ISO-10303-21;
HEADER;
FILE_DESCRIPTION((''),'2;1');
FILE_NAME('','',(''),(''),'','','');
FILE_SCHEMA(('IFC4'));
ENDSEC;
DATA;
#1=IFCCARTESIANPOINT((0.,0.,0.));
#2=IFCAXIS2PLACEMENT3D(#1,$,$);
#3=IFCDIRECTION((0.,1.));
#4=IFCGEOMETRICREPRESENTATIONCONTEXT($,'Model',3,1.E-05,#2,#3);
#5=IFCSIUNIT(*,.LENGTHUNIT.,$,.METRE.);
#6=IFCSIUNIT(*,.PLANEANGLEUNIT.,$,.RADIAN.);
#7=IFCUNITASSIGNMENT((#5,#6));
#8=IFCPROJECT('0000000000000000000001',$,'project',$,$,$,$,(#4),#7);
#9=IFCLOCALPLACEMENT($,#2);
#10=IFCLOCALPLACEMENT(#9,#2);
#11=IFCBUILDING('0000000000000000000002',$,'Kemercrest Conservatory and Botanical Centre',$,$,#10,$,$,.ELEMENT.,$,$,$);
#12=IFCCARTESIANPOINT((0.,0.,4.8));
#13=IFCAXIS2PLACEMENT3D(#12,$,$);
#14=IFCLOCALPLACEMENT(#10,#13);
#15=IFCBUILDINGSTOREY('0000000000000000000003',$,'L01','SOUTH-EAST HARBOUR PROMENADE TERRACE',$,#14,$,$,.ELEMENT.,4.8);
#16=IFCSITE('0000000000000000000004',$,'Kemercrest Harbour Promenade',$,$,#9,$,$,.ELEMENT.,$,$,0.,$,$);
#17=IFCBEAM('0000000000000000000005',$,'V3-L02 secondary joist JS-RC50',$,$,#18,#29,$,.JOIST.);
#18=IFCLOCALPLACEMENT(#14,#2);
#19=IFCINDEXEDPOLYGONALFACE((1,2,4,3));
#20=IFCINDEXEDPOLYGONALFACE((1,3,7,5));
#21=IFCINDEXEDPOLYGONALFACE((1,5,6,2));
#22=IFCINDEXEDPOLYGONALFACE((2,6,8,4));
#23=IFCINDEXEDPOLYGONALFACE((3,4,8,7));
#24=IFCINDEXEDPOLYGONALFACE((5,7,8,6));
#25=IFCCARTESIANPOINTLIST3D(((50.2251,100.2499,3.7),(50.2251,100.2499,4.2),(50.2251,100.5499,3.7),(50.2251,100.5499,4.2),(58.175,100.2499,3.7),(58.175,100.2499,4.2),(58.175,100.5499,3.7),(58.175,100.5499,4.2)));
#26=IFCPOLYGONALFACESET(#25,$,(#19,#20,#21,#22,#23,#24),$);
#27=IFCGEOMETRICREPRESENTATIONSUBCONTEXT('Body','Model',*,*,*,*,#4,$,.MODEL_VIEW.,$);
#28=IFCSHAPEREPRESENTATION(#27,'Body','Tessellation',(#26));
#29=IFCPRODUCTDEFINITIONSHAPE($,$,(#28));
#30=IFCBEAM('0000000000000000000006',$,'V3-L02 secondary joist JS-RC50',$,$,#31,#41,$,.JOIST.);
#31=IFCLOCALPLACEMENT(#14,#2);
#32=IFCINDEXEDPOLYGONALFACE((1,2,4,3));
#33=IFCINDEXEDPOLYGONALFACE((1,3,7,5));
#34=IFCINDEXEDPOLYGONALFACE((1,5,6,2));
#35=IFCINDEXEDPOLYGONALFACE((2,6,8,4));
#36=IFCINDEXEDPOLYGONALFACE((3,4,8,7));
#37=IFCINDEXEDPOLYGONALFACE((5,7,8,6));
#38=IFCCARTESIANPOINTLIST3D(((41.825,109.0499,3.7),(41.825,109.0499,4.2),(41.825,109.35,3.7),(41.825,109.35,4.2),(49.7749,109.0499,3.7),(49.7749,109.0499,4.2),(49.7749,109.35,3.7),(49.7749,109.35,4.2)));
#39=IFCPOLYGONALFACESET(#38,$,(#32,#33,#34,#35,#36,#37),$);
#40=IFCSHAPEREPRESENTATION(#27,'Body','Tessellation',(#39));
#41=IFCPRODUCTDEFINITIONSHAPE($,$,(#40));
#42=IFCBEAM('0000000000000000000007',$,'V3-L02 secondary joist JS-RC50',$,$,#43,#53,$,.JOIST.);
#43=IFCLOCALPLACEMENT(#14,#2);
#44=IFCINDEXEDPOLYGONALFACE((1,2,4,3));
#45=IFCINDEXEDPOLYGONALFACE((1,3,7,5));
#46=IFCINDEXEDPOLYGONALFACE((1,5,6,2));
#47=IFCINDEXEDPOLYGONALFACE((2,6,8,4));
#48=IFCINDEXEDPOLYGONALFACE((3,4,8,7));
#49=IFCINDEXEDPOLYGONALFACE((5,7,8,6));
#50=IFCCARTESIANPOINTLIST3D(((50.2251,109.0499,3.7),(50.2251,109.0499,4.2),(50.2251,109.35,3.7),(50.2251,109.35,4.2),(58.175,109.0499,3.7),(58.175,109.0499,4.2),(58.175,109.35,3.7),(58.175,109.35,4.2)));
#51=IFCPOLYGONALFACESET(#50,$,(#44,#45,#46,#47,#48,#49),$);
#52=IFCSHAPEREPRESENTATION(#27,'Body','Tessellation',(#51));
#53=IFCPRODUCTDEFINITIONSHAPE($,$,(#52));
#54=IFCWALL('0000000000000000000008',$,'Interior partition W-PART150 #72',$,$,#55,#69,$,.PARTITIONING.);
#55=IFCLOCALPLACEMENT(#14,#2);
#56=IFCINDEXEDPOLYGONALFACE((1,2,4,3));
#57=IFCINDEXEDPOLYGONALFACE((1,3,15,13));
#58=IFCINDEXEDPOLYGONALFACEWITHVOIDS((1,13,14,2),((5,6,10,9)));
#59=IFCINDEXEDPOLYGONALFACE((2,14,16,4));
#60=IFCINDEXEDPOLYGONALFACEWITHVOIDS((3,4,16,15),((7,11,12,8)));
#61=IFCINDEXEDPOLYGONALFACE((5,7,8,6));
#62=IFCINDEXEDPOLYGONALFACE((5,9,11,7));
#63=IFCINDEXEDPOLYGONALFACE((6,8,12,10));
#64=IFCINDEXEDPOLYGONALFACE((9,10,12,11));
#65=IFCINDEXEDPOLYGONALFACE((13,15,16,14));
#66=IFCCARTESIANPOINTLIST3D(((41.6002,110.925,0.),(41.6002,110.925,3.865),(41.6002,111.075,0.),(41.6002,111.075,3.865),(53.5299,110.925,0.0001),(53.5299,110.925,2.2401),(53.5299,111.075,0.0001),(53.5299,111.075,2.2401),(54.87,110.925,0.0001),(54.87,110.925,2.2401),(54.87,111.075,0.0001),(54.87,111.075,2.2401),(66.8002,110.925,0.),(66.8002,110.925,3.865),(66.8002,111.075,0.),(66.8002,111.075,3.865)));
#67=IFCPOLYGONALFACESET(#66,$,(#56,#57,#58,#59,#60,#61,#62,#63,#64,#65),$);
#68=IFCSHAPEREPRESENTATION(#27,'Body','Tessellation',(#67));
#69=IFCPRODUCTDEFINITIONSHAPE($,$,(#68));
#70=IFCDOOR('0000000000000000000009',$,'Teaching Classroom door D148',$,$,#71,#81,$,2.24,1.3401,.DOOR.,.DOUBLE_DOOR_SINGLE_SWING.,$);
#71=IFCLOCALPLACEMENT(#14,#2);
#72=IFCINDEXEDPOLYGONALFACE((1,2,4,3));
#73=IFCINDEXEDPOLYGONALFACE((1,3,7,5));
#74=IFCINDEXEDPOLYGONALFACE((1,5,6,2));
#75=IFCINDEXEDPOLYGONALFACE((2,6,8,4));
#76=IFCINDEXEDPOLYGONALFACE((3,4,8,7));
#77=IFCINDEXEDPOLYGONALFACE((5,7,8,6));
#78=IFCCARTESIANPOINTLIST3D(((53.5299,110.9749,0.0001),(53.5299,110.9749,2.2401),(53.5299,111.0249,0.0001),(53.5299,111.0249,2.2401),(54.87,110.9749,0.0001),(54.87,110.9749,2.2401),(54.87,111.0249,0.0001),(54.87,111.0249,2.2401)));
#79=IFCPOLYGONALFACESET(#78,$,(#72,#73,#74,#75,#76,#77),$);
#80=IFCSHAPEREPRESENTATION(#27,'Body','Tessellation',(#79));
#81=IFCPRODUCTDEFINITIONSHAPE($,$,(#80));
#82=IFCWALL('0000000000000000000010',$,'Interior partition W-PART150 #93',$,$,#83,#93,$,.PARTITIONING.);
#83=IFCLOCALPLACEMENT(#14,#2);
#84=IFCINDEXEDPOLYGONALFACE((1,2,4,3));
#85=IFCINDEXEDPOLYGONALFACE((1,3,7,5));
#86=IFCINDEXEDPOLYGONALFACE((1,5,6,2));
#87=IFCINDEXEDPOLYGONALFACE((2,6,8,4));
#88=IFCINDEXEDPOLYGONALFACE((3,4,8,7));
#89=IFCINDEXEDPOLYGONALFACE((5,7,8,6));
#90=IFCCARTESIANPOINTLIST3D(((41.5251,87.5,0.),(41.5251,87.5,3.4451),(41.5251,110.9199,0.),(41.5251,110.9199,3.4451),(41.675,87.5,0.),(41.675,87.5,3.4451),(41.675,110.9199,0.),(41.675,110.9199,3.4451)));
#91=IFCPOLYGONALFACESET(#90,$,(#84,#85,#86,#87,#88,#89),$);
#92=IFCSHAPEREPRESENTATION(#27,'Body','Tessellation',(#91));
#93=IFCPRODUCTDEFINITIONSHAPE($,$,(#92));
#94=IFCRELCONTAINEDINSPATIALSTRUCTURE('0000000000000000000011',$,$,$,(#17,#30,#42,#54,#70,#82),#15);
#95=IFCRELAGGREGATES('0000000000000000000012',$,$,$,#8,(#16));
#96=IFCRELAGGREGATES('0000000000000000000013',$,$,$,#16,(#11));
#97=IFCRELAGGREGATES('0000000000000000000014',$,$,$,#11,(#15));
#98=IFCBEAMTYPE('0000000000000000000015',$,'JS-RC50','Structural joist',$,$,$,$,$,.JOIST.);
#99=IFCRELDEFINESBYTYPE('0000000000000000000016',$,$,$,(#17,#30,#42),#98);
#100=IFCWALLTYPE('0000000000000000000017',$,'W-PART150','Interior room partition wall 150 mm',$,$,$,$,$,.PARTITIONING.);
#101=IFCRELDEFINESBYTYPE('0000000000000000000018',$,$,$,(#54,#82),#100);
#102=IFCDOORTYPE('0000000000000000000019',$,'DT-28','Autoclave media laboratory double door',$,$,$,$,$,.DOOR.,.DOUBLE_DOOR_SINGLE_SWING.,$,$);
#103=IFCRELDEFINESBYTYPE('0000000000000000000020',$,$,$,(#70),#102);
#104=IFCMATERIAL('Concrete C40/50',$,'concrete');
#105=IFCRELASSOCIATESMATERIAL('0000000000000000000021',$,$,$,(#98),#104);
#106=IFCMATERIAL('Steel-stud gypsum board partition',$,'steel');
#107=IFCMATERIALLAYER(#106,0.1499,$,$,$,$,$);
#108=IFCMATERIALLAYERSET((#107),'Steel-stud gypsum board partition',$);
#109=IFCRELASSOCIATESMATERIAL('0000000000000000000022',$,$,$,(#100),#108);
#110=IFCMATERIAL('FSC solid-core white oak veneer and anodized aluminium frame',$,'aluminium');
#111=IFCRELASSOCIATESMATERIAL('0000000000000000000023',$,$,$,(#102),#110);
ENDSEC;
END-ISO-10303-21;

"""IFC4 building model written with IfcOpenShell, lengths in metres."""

from ifc_helpers import new_model, si_unit, direction, frame, frame_2d, origin, origin_2d, place, context, subcontext, project, spatial, rectangle, extrude, material, layer, layer_set, material_profile, profile_set, type_object, element, fill, save


model = new_model("IFC4")

# Units and contexts
model_context = context("Model", 3, precision=1e-05, world=origin(), true_north=direction((0.0, 1.0)))
body_context = subcontext(model_context, "Body", "Model", "MODEL_VIEW")
ifc_project = project(units=[si_unit("LENGTHUNIT", "METRE"), si_unit("PLANEANGLEUNIT", "RADIAN")], contexts=[model_context])

# Site, building, storey
site_placement = place(None, origin())
site = spatial("IfcSite", under=ifc_project, at=site_placement, Name="Kemercrest Harbour Promenade", CompositionType="ELEMENT", RefElevation=0.0)
building_placement = place(site_placement, origin())
building = spatial("IfcBuilding", under=site, at=building_placement, Name="Kemercrest Conservatory and Botanical Centre", CompositionType="ELEMENT")
storey_placement = place(building_placement, frame((0.0, 0.0, 4.8)))
storey = spatial("IfcBuildingStorey", under=building, at=storey_placement, Name="L01", Description="SOUTH-EAST HARBOUR PROMENADE TERRACE", CompositionType="ELEMENT", Elevation=4.8)

# Shared definitions
ifc_material_1 = material(Name="Concrete C40/50", Category="concrete")

# Beams
ifc_material_profile_1 = material_profile(ifc_material_1, rectangle(XDim=0.3, YDim=0.5, at=origin_2d()), Name="RC 300x500")
ifc_profile_set_1 = profile_set([ifc_material_profile_1], Name="Concrete C40/50")
beam_type_1 = type_object("IfcBeamType", Name="JS-RC50", Description="Structural joist", PredefinedType="JOIST", material=ifc_profile_set_1)
for number, where, z_axis, x_axis, name in (
    (1, (50.2251, 100.3999, 3.95), (1.0, 0.0, 0.0), (0.0, 1.0, 0.0), "V3-L02 secondary joist JS-RC50"),
    (2, (41.825, 109.2, 3.95), (1.0, 0.0, 0.0), (0.0, 1.0, 0.0), "V3-L02 secondary joist JS-RC50"),
    (3, (50.2251, 109.2, 3.95), (1.0, 0.0, 0.0), (0.0, 1.0, 0.0), "V3-L02 secondary joist JS-RC50"),
):
    element("IfcBeam", number, at=place(storey_placement, frame(where, z_axis=z_axis, x_axis=x_axis)), inside=storey, type_object=beam_type_1, Name=name, PredefinedType="JOIST", context=body_context, shape_type="SweptSolid", body=[
        extrude(rectangle(XDim=0.3, YDim=0.5, at=origin_2d()), origin(), (0.0, 0.0, 1.0), 7.95),
    ])

# Wall, opening, door
ifc_material_2 = material(Name="Steel-stud gypsum board partition", Category="steel")
ifc_layer = layer(ifc_material_2, 0.1499)
ifc_layer_set = layer_set([ifc_layer], Name="Steel-stud gypsum board partition")
wall_type = type_object("IfcWallType", Name="W-PART150", Description="Interior room partition wall 150 mm", PredefinedType="PARTITIONING", material=ifc_layer_set)
wall_1_placement = place(storey_placement, frame((41.6001, 111.0, 0.0), z_axis=(0.0, 0.0, 1.0), x_axis=(1.0, 0.0, 0.0)))
wall_1 = element("IfcWall", 4, at=wall_1_placement, inside=storey, type_object=wall_type, Name="Interior partition W-PART150 #72", PredefinedType="PARTITIONING", context=body_context, shape_type="SweptSolid", body=[
    extrude(rectangle(XDim=25.2, YDim=0.1499, at=frame_2d((12.6001, 0.0))), origin(), (0.0, 0.0, 1.0), 3.865),
])
opening_placement = place(wall_1_placement, frame((11.9299, 0.0, 0.0)))
opening = element("IfcOpeningElement", 5, at=opening_placement, cuts=wall_1, PredefinedType="OPENING", context=body_context, shape_type="SweptSolid", body=[
    extrude(rectangle(XDim=1.3401, YDim=2.24, at=frame_2d((0.6699, 1.1201))), frame((0.0, 0.085, 0.0), z_axis=(0.0, -1.0, 0.0), x_axis=(1.0, 0.0, 0.0)), (0.0, 0.0, 1.0), 0.1699),
])
ifc_material_3 = material(Name="FSC solid-core white oak veneer and anodized aluminium frame", Category="aluminium")
door_type = type_object("IfcDoorType", Name="DT-28", Description="Autoclave media laboratory double door", OperationType="DOUBLE_DOOR_SINGLE_SWING", PredefinedType="DOOR", material=ifc_material_3)
door_placement = place(opening_placement, origin())
door = element("IfcDoor", 6, at=door_placement, inside=storey, type_object=door_type, Name="Teaching Classroom door D148", OperationType="DOUBLE_DOOR_SINGLE_SWING", OverallHeight=2.24, OverallWidth=1.3401, PredefinedType="DOOR", context=body_context, shape_type="SweptSolid", body=[
    extrude(rectangle(XDim=1.3401, YDim=2.24, at=frame_2d((0.6699, 1.1201))), frame((0.0, 0.0249, 0.0), z_axis=(0.0, -1.0, 0.0), x_axis=(1.0, 0.0, 0.0)), (0.0, 0.0, 1.0), 0.05),
])
fill(opening, door)

# Wall
wall_2_placement = place(storey_placement, frame((41.6001, 87.5, 0.0), z_axis=(0.0, 0.0, 1.0), x_axis=(0.0, 1.0, 0.0)))
element("IfcWall", 7, at=wall_2_placement, inside=storey, type_object=wall_type, Name="Interior partition W-PART150 #93", PredefinedType="PARTITIONING", context=body_context, shape_type="SweptSolid", body=[
    extrude(rectangle(XDim=23.4199, YDim=0.1499, at=frame_2d((11.71, 0.0))), origin(), (0.0, 0.0, 1.0), 3.4451),
])

save(model, "model.ifc")
